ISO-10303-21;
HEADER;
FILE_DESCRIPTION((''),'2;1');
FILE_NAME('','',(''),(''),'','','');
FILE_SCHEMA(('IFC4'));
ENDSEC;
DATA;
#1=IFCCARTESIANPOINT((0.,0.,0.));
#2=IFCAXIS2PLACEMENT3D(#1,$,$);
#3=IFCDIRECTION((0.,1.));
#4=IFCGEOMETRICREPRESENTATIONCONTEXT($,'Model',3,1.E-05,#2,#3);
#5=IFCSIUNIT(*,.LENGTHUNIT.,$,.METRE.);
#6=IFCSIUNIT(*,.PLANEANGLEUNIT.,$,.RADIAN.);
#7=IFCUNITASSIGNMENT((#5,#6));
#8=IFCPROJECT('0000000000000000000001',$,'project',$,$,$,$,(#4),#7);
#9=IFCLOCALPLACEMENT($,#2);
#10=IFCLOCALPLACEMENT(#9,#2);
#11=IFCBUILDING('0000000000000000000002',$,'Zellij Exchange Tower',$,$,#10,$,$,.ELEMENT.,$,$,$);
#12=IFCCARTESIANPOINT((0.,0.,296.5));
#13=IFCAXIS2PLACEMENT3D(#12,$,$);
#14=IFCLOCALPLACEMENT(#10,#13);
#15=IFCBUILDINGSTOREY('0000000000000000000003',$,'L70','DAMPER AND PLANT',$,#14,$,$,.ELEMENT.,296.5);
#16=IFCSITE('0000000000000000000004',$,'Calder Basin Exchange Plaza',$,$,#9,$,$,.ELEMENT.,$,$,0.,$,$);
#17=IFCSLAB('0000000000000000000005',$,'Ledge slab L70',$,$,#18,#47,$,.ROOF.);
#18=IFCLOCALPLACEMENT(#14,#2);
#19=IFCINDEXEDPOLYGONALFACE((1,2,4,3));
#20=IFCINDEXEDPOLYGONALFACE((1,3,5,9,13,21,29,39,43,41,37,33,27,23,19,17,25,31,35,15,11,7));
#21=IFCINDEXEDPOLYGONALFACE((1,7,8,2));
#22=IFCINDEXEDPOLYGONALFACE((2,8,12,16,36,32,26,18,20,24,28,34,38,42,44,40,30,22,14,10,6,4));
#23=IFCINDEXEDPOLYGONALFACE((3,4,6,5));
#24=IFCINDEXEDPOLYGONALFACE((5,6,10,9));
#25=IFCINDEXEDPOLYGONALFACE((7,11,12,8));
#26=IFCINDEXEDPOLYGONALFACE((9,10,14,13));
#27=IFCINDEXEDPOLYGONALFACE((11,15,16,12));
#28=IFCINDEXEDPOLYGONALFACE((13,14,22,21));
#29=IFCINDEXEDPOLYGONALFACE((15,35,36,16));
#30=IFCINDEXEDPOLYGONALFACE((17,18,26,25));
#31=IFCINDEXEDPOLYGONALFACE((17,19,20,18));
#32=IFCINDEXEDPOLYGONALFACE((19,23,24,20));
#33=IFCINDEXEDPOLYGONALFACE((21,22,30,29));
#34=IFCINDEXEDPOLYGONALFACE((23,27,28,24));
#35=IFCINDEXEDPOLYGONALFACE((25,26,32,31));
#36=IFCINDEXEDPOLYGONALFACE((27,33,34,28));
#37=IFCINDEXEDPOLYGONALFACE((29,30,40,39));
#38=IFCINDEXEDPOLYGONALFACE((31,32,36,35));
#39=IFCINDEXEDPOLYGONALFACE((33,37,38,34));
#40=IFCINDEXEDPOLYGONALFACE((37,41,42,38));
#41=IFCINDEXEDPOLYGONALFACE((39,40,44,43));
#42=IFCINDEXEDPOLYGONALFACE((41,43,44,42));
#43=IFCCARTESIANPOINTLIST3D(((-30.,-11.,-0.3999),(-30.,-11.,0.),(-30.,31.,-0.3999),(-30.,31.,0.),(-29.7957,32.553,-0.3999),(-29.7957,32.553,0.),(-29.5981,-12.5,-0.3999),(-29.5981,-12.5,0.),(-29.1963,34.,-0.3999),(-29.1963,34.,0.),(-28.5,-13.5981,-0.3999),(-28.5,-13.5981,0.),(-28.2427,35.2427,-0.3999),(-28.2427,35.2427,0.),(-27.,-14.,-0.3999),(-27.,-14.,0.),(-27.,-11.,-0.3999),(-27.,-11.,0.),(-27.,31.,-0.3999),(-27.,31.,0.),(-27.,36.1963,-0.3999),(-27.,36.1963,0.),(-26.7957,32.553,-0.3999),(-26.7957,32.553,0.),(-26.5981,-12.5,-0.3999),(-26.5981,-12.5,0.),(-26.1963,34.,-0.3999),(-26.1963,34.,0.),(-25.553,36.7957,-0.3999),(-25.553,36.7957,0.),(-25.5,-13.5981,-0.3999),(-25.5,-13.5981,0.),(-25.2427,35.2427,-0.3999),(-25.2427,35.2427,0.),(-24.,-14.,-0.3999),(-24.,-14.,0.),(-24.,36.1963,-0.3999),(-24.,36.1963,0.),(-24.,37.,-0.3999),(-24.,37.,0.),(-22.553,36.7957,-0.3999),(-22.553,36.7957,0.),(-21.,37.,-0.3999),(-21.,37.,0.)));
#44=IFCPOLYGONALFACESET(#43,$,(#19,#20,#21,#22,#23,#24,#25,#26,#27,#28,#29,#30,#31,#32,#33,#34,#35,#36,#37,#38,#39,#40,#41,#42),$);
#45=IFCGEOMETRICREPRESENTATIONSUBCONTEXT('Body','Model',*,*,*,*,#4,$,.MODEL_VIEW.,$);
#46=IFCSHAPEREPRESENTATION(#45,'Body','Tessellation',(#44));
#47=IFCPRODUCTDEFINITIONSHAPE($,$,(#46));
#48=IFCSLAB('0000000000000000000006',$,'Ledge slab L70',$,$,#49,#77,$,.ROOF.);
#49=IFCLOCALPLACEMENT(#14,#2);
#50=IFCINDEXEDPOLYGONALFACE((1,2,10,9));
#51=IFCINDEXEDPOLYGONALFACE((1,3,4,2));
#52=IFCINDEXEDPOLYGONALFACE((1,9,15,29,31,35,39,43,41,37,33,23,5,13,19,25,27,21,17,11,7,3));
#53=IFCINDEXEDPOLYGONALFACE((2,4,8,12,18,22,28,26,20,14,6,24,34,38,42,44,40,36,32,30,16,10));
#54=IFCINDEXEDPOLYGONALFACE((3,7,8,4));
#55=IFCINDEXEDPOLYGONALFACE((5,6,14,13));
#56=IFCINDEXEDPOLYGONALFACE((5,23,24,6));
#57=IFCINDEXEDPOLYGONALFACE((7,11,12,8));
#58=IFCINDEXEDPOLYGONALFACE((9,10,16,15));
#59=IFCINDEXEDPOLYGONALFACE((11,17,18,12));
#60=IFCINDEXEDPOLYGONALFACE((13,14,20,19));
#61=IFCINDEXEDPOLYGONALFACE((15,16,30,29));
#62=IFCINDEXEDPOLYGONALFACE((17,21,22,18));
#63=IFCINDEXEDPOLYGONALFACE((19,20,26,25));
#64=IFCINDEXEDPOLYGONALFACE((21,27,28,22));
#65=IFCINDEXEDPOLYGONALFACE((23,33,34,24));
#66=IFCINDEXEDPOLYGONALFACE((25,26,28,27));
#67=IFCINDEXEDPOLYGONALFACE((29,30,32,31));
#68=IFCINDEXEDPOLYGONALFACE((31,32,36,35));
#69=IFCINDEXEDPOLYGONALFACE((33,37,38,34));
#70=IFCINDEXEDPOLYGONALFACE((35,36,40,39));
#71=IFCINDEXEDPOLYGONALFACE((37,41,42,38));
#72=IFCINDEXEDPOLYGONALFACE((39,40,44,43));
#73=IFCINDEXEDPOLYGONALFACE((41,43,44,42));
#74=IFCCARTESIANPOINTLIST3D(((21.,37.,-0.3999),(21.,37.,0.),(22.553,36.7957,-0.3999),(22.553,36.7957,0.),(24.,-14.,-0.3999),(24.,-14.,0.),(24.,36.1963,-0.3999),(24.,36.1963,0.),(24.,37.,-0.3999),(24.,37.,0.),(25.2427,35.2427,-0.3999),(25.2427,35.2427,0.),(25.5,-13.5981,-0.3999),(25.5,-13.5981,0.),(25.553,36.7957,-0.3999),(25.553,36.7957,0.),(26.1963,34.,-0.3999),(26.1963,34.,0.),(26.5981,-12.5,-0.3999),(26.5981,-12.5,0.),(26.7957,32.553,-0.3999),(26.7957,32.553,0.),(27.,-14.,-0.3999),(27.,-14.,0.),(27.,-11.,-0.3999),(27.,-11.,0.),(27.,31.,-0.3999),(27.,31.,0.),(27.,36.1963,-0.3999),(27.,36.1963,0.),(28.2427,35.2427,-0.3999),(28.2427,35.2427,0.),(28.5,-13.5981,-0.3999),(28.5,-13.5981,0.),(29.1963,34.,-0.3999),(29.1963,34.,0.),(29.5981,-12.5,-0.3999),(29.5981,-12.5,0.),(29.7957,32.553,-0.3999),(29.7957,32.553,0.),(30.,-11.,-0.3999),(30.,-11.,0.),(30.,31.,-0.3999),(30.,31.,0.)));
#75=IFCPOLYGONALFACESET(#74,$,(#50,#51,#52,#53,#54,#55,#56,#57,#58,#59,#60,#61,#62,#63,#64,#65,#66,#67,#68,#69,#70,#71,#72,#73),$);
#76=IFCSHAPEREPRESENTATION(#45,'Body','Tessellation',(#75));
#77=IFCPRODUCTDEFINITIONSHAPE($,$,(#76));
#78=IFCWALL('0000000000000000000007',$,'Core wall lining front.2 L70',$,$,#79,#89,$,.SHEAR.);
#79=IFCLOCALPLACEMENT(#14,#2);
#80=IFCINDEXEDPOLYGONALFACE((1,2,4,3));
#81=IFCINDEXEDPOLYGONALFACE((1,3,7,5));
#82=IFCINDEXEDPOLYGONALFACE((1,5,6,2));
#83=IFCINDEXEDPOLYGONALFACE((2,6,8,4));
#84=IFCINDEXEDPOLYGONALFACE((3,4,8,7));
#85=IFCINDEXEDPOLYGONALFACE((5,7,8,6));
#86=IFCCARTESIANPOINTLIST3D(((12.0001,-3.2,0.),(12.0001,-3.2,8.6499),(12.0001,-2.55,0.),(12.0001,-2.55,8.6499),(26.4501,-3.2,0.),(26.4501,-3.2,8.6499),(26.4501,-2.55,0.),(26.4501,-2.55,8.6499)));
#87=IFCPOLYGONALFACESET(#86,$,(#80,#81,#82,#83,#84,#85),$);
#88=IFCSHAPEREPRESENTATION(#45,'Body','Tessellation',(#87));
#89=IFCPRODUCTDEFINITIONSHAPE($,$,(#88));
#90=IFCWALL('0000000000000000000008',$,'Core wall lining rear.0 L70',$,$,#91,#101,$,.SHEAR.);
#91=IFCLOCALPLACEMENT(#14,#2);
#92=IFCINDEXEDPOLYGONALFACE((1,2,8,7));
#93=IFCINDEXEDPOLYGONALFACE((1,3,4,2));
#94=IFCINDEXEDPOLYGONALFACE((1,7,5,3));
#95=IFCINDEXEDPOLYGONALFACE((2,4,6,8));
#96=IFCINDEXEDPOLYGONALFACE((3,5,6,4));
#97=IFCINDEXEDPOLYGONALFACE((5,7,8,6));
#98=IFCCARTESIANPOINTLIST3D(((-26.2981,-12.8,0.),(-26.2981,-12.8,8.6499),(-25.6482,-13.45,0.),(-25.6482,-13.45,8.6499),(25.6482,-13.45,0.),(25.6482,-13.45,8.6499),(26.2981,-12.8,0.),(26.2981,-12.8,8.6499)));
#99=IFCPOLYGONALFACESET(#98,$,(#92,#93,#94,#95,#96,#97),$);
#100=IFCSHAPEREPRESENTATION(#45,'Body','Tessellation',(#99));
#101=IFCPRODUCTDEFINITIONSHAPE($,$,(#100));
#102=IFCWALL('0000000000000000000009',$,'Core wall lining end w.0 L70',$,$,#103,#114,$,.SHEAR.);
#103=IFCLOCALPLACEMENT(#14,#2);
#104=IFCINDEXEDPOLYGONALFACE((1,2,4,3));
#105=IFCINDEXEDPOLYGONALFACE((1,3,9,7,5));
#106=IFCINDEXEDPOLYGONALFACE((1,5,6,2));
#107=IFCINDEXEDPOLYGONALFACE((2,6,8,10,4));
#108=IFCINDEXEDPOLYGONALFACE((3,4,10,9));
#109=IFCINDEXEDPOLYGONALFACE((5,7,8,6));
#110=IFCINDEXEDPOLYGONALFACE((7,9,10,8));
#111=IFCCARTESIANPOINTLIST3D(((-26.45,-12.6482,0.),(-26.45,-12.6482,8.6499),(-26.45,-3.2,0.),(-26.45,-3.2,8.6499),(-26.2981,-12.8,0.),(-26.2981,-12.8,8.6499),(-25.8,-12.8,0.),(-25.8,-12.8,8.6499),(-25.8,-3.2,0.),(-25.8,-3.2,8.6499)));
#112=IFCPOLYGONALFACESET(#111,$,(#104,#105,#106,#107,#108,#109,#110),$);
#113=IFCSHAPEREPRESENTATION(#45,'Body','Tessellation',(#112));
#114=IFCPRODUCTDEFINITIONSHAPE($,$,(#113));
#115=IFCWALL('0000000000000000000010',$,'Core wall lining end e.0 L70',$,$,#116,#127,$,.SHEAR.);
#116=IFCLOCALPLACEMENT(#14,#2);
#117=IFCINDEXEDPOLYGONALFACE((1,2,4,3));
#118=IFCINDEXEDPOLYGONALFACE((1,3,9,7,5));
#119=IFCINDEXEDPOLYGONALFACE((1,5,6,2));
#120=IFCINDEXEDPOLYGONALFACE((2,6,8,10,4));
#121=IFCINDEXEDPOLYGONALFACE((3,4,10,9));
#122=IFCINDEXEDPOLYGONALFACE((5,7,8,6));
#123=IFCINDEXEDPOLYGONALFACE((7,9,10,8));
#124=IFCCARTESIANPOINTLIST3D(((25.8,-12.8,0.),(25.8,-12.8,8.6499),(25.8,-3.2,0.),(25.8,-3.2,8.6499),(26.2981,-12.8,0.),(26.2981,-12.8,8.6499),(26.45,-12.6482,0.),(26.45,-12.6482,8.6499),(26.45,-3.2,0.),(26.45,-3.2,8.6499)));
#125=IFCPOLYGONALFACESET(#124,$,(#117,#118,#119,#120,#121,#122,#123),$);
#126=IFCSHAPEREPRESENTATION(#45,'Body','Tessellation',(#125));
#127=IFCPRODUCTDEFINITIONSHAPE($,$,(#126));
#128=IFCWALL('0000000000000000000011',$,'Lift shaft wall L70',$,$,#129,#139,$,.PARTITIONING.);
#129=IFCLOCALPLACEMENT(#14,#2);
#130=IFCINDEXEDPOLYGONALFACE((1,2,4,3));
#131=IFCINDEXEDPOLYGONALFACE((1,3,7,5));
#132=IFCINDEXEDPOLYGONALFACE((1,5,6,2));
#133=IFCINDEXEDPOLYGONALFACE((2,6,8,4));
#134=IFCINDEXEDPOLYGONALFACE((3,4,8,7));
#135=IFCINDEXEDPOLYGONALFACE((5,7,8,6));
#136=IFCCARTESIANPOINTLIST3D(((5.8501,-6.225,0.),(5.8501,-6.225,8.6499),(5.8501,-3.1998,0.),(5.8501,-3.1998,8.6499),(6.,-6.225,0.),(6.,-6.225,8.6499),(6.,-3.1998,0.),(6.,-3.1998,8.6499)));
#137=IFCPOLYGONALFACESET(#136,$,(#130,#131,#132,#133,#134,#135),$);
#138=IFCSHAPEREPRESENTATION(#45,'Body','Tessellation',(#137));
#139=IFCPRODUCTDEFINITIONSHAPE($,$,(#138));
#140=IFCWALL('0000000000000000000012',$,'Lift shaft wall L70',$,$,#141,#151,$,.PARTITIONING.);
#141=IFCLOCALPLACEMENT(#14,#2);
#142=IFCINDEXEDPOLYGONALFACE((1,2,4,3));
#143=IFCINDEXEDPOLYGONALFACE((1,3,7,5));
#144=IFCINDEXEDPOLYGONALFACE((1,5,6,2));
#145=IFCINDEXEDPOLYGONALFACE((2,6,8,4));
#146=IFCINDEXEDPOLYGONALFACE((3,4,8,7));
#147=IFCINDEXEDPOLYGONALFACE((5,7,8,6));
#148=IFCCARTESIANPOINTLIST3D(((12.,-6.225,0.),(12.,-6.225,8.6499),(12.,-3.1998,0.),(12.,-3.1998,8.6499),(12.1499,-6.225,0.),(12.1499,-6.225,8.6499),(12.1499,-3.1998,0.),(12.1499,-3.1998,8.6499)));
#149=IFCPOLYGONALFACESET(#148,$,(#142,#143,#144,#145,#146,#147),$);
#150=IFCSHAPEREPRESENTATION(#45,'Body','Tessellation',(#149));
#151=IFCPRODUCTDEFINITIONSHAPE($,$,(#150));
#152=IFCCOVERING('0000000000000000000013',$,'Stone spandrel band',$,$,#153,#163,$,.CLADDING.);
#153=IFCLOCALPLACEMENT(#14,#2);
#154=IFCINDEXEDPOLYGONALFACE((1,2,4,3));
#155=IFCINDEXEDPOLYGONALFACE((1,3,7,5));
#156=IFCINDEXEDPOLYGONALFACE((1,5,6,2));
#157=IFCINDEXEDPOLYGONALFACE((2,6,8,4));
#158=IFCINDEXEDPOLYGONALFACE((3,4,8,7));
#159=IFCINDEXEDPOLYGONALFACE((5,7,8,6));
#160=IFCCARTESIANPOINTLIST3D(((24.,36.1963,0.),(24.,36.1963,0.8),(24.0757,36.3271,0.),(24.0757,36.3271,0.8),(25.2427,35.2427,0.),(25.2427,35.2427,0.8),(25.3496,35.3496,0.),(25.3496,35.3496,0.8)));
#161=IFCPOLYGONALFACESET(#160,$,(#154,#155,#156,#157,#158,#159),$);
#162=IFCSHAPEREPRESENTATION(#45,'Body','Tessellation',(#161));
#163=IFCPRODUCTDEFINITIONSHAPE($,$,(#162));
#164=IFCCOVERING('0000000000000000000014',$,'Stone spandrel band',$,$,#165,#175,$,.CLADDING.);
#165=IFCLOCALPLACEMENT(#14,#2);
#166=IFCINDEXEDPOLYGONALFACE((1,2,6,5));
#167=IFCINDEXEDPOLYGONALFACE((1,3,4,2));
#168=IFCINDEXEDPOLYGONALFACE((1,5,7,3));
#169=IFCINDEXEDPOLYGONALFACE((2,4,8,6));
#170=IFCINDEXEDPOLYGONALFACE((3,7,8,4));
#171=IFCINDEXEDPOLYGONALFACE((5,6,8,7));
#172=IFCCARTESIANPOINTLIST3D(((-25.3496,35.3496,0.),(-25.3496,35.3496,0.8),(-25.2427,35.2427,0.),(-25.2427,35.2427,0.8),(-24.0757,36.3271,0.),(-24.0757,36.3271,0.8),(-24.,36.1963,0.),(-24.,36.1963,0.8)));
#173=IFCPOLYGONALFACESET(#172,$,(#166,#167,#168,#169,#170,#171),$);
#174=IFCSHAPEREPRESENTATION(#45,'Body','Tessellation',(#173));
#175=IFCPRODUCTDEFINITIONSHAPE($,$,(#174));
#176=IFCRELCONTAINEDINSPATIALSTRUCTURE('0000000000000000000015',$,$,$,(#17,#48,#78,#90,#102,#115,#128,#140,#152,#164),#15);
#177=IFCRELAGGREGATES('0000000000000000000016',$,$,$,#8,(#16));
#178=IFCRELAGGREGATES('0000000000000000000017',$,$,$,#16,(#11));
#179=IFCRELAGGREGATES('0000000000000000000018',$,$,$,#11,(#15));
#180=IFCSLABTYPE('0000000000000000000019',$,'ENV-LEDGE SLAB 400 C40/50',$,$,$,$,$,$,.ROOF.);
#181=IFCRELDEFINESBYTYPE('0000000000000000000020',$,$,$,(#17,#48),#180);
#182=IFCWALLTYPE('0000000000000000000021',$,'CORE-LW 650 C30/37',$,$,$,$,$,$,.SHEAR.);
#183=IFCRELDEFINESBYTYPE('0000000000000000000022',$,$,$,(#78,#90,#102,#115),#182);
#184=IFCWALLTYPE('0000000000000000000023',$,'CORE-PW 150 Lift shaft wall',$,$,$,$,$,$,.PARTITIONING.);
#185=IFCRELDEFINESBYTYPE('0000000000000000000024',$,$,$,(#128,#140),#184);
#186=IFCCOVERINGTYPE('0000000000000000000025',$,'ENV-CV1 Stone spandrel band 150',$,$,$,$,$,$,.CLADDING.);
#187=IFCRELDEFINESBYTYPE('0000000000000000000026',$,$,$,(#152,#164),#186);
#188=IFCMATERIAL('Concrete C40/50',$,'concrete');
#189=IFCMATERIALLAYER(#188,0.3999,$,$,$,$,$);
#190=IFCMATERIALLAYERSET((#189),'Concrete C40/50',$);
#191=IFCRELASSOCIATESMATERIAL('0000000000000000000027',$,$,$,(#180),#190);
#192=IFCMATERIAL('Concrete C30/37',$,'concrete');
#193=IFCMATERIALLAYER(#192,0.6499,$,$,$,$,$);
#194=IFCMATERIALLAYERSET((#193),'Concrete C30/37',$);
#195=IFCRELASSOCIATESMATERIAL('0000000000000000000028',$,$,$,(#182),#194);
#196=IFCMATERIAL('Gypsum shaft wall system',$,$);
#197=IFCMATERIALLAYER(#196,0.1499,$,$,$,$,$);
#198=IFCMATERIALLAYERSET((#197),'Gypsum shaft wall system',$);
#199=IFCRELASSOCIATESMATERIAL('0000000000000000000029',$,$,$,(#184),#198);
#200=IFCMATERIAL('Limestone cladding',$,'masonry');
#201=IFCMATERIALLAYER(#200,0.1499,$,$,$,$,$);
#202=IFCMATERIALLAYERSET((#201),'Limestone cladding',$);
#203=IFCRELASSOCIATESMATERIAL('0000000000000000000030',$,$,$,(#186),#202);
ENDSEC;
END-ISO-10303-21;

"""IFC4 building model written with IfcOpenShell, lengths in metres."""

from ifc_helpers import new_model, si_unit, direction, frame, frame_2d, origin, place, context, subcontext, project, spatial, polyline, rectangle, outline, extrude, material, layer, layer_set, type_object, element, save


model = new_model("IFC4")

# Units and contexts
model_context = context("Model", 3, precision=1e-05, world=origin(), true_north=direction((0.0, 1.0)))
body_context = subcontext(model_context, "Body", "Model", "MODEL_VIEW")
ifc_project = project(units=[si_unit("LENGTHUNIT", "METRE"), si_unit("PLANEANGLEUNIT", "RADIAN")], contexts=[model_context])

# Site, building, storey
site_placement = place(None, origin())
site = spatial("IfcSite", under=ifc_project, at=site_placement, Name="Calder Basin Exchange Plaza", CompositionType="ELEMENT", RefElevation=0.0)
building_placement = place(site_placement, origin())
building = spatial("IfcBuilding", under=site, at=building_placement, Name="Zellij Exchange Tower", CompositionType="ELEMENT")
storey_placement = place(building_placement, frame((0.0, 0.0, 296.5)))
storey = spatial("IfcBuildingStorey", under=building, at=storey_placement, Name="L70", Description="DAMPER AND PLANT", CompositionType="ELEMENT", Elevation=296.5)

# Shared definitions
ifc_material_1 = material(Name="Concrete C40/50", Category="concrete")

# Slabs
ifc_layer_1 = layer(ifc_material_1, 0.3999)
ifc_layer_set_1 = layer_set([ifc_layer_1], Name="Concrete C40/50")
slab_type_1 = type_object("IfcSlabType", Name="ENV-LEDGE SLAB 400 C40/50", PredefinedType="ROOF", material=ifc_layer_set_1)
slab_1_placement = place(storey_placement, frame((0.0, 0.0, -0.3999)))
element("IfcSlab", 1, at=slab_1_placement, inside=storey, type_object=slab_type_1, Name="Ledge slab L70", PredefinedType="ROOF", context=body_context, shape_type="SweptSolid", body=[
    extrude(outline(polyline([(-24.0, -14.0), (-25.5, -13.5981), (-26.5981, -12.5), (-27.0, -11.0), (-27.0, 31.0), (-26.7957, 32.553), (-26.1963, 34.0), (-25.2427, 35.2427), (-24.0, 36.1963), (-22.553, 36.7957), (-21.0, 37.0), (-24.0, 37.0), (-25.553, 36.7957), (-27.0, 36.1963), (-28.2427, 35.2427), (-29.1963, 34.0), (-29.7957, 32.553), (-30.0, 31.0), (-30.0, -11.0), (-29.5981, -12.5), (-28.5, -13.5981), (-27.0, -14.0), (-24.0, -14.0)])), origin(), (0.0, 0.0, 1.0), 0.3999),
])
slab_2_placement = place(storey_placement, frame((0.0, 0.0, -0.3999)))
element("IfcSlab", 2, at=slab_2_placement, inside=storey, type_object=slab_type_1, Name="Ledge slab L70", PredefinedType="ROOF", context=body_context, shape_type="SweptSolid", body=[
    extrude(outline(polyline([(26.5981, -12.5), (25.5, -13.5981), (24.0, -14.0), (27.0, -14.0), (28.5, -13.5981), (29.5981, -12.5), (30.0, -11.0), (30.0, 31.0), (29.7957, 32.553), (29.1963, 34.0), (28.2427, 35.2427), (27.0, 36.1963), (25.553, 36.7957), (24.0, 37.0), (21.0, 37.0), (22.553, 36.7957), (24.0, 36.1963), (25.2427, 35.2427), (26.1963, 34.0), (26.7957, 32.553), (27.0, 31.0), (27.0, -11.0), (26.5981, -12.5)])), origin(), (0.0, 0.0, 1.0), 0.3999),
])

# Walls
ifc_material_2 = material(Name="Concrete C30/37", Category="concrete")
ifc_layer_2 = layer(ifc_material_2, 0.6499)
ifc_layer_set_2 = layer_set([ifc_layer_2], Name="Concrete C30/37")
wall_type_1 = type_object("IfcWallType", Name="CORE-LW 650 C30/37", PredefinedType="SHEAR", material=ifc_layer_set_2)
wall_1_placement = place(storey_placement, frame((12.0, -2.875, 0.0), z_axis=(0.0, 0.0, 1.0), x_axis=(1.0, 0.0, 0.0)))
element("IfcWall", 3, at=wall_1_placement, inside=storey, type_object=wall_type_1, Name="Core wall lining front.2 L70", PredefinedType="SHEAR", context=body_context, shape_type="SweptSolid", body=[
    extrude(rectangle(XDim=14.45, YDim=0.6499, at=frame_2d((7.2251, 0.0))), origin(), (0.0, 0.0, 1.0), 8.6499),
])
wall_2_placement = place(storey_placement, origin())
element("IfcWall", 4, at=wall_2_placement, inside=storey, type_object=wall_type_1, Name="Core wall lining rear.0 L70", PredefinedType="SHEAR", context=body_context, shape_type="SweptSolid", body=[
    extrude(outline(polyline([(26.2981, -12.8), (25.6482, -13.45), (-25.6482, -13.45), (-26.2981, -12.8), (26.2981, -12.8)])), origin(), (0.0, 0.0, 1.0), 8.6499),
])
wall_3_placement = place(storey_placement, origin())
element("IfcWall", 5, at=wall_3_placement, inside=storey, type_object=wall_type_1, Name="Core wall lining end w.0 L70", PredefinedType="SHEAR", context=body_context, shape_type="SweptSolid", body=[
    extrude(outline(polyline([(-26.45, -3.2), (-25.8, -3.2), (-25.8, -12.8), (-26.2981, -12.8), (-26.45, -12.6482), (-26.45, -3.2)])), origin(), (0.0, 0.0, 1.0), 8.6499),
])
wall_4_placement = place(storey_placement, origin())
element("IfcWall", 6, at=wall_4_placement, inside=storey, type_object=wall_type_1, Name="Core wall lining end e.0 L70", PredefinedType="SHEAR", context=body_context, shape_type="SweptSolid", body=[
    extrude(outline(polyline([(25.8, -12.8), (25.8, -3.2), (26.45, -3.2), (26.45, -12.6482), (26.2981, -12.8), (25.8, -12.8)])), origin(), (0.0, 0.0, 1.0), 8.6499),
])
ifc_material_3 = material(Name="Gypsum shaft wall system")
ifc_layer_3 = layer(ifc_material_3, 0.1499)
ifc_layer_set_3 = layer_set([ifc_layer_3], Name="Gypsum shaft wall system")
wall_type_2 = type_object("IfcWallType", Name="CORE-PW 150 Lift shaft wall", PredefinedType="PARTITIONING", material=ifc_layer_set_3)
for number, where, z_axis, x_axis, name in (
    (7, (5.925, -6.2251, 0.0), (0.0, 0.0, 1.0), (0.0, 1.0, 0.0), "Lift shaft wall L70"),
    (8, (12.075, -6.2251, 0.0), (0.0, 0.0, 1.0), (0.0, 1.0, 0.0), "Lift shaft wall L70"),
):
    element("IfcWall", number, at=place(storey_placement, frame(where, z_axis=z_axis, x_axis=x_axis)), inside=storey, type_object=wall_type_2, Name=name, PredefinedType="PARTITIONING", context=body_context, shape_type="SweptSolid", body=[
        extrude(rectangle(XDim=3.0251, YDim=0.1499, at=frame_2d((1.5127, 0.0))), origin(), (0.0, 0.0, 1.0), 8.6499),
    ])

# Coverings
ifc_material_4 = material(Name="Limestone cladding", Category="masonry")
ifc_layer_4 = layer(ifc_material_4, 0.1499)
ifc_layer_set_4 = layer_set([ifc_layer_4], Name="Limestone cladding")
covering_type = type_object("IfcCoveringType", Name="ENV-CV1 Stone spandrel band 150", PredefinedType="CLADDING", material=ifc_layer_set_4)
covering_1_placement = place(storey_placement, origin())
element("IfcCovering", 9, at=covering_1_placement, inside=storey, type_object=covering_type, Name="Stone spandrel band", PredefinedType="CLADDING", context=body_context, shape_type="SweptSolid", body=[
    extrude(outline(polyline([(25.2427, 35.2427), (24.0, 36.1963), (24.0757, 36.3271), (25.3496, 35.3496), (25.2427, 35.2427)])), origin(), (0.0, 0.0, 1.0), 0.8),
])
covering_2_placement = place(storey_placement, origin())
element("IfcCovering", 10, at=covering_2_placement, inside=storey, type_object=covering_type, Name="Stone spandrel band", PredefinedType="CLADDING", context=body_context, shape_type="SweptSolid", body=[
    extrude(outline(polyline([(-24.0, 36.1963), (-25.2427, 35.2427), (-25.3496, 35.3496), (-24.0757, 36.3271), (-24.0, 36.1963)])), origin(), (0.0, 0.0, 1.0), 0.8),
])

save(model, "model.ifc")
